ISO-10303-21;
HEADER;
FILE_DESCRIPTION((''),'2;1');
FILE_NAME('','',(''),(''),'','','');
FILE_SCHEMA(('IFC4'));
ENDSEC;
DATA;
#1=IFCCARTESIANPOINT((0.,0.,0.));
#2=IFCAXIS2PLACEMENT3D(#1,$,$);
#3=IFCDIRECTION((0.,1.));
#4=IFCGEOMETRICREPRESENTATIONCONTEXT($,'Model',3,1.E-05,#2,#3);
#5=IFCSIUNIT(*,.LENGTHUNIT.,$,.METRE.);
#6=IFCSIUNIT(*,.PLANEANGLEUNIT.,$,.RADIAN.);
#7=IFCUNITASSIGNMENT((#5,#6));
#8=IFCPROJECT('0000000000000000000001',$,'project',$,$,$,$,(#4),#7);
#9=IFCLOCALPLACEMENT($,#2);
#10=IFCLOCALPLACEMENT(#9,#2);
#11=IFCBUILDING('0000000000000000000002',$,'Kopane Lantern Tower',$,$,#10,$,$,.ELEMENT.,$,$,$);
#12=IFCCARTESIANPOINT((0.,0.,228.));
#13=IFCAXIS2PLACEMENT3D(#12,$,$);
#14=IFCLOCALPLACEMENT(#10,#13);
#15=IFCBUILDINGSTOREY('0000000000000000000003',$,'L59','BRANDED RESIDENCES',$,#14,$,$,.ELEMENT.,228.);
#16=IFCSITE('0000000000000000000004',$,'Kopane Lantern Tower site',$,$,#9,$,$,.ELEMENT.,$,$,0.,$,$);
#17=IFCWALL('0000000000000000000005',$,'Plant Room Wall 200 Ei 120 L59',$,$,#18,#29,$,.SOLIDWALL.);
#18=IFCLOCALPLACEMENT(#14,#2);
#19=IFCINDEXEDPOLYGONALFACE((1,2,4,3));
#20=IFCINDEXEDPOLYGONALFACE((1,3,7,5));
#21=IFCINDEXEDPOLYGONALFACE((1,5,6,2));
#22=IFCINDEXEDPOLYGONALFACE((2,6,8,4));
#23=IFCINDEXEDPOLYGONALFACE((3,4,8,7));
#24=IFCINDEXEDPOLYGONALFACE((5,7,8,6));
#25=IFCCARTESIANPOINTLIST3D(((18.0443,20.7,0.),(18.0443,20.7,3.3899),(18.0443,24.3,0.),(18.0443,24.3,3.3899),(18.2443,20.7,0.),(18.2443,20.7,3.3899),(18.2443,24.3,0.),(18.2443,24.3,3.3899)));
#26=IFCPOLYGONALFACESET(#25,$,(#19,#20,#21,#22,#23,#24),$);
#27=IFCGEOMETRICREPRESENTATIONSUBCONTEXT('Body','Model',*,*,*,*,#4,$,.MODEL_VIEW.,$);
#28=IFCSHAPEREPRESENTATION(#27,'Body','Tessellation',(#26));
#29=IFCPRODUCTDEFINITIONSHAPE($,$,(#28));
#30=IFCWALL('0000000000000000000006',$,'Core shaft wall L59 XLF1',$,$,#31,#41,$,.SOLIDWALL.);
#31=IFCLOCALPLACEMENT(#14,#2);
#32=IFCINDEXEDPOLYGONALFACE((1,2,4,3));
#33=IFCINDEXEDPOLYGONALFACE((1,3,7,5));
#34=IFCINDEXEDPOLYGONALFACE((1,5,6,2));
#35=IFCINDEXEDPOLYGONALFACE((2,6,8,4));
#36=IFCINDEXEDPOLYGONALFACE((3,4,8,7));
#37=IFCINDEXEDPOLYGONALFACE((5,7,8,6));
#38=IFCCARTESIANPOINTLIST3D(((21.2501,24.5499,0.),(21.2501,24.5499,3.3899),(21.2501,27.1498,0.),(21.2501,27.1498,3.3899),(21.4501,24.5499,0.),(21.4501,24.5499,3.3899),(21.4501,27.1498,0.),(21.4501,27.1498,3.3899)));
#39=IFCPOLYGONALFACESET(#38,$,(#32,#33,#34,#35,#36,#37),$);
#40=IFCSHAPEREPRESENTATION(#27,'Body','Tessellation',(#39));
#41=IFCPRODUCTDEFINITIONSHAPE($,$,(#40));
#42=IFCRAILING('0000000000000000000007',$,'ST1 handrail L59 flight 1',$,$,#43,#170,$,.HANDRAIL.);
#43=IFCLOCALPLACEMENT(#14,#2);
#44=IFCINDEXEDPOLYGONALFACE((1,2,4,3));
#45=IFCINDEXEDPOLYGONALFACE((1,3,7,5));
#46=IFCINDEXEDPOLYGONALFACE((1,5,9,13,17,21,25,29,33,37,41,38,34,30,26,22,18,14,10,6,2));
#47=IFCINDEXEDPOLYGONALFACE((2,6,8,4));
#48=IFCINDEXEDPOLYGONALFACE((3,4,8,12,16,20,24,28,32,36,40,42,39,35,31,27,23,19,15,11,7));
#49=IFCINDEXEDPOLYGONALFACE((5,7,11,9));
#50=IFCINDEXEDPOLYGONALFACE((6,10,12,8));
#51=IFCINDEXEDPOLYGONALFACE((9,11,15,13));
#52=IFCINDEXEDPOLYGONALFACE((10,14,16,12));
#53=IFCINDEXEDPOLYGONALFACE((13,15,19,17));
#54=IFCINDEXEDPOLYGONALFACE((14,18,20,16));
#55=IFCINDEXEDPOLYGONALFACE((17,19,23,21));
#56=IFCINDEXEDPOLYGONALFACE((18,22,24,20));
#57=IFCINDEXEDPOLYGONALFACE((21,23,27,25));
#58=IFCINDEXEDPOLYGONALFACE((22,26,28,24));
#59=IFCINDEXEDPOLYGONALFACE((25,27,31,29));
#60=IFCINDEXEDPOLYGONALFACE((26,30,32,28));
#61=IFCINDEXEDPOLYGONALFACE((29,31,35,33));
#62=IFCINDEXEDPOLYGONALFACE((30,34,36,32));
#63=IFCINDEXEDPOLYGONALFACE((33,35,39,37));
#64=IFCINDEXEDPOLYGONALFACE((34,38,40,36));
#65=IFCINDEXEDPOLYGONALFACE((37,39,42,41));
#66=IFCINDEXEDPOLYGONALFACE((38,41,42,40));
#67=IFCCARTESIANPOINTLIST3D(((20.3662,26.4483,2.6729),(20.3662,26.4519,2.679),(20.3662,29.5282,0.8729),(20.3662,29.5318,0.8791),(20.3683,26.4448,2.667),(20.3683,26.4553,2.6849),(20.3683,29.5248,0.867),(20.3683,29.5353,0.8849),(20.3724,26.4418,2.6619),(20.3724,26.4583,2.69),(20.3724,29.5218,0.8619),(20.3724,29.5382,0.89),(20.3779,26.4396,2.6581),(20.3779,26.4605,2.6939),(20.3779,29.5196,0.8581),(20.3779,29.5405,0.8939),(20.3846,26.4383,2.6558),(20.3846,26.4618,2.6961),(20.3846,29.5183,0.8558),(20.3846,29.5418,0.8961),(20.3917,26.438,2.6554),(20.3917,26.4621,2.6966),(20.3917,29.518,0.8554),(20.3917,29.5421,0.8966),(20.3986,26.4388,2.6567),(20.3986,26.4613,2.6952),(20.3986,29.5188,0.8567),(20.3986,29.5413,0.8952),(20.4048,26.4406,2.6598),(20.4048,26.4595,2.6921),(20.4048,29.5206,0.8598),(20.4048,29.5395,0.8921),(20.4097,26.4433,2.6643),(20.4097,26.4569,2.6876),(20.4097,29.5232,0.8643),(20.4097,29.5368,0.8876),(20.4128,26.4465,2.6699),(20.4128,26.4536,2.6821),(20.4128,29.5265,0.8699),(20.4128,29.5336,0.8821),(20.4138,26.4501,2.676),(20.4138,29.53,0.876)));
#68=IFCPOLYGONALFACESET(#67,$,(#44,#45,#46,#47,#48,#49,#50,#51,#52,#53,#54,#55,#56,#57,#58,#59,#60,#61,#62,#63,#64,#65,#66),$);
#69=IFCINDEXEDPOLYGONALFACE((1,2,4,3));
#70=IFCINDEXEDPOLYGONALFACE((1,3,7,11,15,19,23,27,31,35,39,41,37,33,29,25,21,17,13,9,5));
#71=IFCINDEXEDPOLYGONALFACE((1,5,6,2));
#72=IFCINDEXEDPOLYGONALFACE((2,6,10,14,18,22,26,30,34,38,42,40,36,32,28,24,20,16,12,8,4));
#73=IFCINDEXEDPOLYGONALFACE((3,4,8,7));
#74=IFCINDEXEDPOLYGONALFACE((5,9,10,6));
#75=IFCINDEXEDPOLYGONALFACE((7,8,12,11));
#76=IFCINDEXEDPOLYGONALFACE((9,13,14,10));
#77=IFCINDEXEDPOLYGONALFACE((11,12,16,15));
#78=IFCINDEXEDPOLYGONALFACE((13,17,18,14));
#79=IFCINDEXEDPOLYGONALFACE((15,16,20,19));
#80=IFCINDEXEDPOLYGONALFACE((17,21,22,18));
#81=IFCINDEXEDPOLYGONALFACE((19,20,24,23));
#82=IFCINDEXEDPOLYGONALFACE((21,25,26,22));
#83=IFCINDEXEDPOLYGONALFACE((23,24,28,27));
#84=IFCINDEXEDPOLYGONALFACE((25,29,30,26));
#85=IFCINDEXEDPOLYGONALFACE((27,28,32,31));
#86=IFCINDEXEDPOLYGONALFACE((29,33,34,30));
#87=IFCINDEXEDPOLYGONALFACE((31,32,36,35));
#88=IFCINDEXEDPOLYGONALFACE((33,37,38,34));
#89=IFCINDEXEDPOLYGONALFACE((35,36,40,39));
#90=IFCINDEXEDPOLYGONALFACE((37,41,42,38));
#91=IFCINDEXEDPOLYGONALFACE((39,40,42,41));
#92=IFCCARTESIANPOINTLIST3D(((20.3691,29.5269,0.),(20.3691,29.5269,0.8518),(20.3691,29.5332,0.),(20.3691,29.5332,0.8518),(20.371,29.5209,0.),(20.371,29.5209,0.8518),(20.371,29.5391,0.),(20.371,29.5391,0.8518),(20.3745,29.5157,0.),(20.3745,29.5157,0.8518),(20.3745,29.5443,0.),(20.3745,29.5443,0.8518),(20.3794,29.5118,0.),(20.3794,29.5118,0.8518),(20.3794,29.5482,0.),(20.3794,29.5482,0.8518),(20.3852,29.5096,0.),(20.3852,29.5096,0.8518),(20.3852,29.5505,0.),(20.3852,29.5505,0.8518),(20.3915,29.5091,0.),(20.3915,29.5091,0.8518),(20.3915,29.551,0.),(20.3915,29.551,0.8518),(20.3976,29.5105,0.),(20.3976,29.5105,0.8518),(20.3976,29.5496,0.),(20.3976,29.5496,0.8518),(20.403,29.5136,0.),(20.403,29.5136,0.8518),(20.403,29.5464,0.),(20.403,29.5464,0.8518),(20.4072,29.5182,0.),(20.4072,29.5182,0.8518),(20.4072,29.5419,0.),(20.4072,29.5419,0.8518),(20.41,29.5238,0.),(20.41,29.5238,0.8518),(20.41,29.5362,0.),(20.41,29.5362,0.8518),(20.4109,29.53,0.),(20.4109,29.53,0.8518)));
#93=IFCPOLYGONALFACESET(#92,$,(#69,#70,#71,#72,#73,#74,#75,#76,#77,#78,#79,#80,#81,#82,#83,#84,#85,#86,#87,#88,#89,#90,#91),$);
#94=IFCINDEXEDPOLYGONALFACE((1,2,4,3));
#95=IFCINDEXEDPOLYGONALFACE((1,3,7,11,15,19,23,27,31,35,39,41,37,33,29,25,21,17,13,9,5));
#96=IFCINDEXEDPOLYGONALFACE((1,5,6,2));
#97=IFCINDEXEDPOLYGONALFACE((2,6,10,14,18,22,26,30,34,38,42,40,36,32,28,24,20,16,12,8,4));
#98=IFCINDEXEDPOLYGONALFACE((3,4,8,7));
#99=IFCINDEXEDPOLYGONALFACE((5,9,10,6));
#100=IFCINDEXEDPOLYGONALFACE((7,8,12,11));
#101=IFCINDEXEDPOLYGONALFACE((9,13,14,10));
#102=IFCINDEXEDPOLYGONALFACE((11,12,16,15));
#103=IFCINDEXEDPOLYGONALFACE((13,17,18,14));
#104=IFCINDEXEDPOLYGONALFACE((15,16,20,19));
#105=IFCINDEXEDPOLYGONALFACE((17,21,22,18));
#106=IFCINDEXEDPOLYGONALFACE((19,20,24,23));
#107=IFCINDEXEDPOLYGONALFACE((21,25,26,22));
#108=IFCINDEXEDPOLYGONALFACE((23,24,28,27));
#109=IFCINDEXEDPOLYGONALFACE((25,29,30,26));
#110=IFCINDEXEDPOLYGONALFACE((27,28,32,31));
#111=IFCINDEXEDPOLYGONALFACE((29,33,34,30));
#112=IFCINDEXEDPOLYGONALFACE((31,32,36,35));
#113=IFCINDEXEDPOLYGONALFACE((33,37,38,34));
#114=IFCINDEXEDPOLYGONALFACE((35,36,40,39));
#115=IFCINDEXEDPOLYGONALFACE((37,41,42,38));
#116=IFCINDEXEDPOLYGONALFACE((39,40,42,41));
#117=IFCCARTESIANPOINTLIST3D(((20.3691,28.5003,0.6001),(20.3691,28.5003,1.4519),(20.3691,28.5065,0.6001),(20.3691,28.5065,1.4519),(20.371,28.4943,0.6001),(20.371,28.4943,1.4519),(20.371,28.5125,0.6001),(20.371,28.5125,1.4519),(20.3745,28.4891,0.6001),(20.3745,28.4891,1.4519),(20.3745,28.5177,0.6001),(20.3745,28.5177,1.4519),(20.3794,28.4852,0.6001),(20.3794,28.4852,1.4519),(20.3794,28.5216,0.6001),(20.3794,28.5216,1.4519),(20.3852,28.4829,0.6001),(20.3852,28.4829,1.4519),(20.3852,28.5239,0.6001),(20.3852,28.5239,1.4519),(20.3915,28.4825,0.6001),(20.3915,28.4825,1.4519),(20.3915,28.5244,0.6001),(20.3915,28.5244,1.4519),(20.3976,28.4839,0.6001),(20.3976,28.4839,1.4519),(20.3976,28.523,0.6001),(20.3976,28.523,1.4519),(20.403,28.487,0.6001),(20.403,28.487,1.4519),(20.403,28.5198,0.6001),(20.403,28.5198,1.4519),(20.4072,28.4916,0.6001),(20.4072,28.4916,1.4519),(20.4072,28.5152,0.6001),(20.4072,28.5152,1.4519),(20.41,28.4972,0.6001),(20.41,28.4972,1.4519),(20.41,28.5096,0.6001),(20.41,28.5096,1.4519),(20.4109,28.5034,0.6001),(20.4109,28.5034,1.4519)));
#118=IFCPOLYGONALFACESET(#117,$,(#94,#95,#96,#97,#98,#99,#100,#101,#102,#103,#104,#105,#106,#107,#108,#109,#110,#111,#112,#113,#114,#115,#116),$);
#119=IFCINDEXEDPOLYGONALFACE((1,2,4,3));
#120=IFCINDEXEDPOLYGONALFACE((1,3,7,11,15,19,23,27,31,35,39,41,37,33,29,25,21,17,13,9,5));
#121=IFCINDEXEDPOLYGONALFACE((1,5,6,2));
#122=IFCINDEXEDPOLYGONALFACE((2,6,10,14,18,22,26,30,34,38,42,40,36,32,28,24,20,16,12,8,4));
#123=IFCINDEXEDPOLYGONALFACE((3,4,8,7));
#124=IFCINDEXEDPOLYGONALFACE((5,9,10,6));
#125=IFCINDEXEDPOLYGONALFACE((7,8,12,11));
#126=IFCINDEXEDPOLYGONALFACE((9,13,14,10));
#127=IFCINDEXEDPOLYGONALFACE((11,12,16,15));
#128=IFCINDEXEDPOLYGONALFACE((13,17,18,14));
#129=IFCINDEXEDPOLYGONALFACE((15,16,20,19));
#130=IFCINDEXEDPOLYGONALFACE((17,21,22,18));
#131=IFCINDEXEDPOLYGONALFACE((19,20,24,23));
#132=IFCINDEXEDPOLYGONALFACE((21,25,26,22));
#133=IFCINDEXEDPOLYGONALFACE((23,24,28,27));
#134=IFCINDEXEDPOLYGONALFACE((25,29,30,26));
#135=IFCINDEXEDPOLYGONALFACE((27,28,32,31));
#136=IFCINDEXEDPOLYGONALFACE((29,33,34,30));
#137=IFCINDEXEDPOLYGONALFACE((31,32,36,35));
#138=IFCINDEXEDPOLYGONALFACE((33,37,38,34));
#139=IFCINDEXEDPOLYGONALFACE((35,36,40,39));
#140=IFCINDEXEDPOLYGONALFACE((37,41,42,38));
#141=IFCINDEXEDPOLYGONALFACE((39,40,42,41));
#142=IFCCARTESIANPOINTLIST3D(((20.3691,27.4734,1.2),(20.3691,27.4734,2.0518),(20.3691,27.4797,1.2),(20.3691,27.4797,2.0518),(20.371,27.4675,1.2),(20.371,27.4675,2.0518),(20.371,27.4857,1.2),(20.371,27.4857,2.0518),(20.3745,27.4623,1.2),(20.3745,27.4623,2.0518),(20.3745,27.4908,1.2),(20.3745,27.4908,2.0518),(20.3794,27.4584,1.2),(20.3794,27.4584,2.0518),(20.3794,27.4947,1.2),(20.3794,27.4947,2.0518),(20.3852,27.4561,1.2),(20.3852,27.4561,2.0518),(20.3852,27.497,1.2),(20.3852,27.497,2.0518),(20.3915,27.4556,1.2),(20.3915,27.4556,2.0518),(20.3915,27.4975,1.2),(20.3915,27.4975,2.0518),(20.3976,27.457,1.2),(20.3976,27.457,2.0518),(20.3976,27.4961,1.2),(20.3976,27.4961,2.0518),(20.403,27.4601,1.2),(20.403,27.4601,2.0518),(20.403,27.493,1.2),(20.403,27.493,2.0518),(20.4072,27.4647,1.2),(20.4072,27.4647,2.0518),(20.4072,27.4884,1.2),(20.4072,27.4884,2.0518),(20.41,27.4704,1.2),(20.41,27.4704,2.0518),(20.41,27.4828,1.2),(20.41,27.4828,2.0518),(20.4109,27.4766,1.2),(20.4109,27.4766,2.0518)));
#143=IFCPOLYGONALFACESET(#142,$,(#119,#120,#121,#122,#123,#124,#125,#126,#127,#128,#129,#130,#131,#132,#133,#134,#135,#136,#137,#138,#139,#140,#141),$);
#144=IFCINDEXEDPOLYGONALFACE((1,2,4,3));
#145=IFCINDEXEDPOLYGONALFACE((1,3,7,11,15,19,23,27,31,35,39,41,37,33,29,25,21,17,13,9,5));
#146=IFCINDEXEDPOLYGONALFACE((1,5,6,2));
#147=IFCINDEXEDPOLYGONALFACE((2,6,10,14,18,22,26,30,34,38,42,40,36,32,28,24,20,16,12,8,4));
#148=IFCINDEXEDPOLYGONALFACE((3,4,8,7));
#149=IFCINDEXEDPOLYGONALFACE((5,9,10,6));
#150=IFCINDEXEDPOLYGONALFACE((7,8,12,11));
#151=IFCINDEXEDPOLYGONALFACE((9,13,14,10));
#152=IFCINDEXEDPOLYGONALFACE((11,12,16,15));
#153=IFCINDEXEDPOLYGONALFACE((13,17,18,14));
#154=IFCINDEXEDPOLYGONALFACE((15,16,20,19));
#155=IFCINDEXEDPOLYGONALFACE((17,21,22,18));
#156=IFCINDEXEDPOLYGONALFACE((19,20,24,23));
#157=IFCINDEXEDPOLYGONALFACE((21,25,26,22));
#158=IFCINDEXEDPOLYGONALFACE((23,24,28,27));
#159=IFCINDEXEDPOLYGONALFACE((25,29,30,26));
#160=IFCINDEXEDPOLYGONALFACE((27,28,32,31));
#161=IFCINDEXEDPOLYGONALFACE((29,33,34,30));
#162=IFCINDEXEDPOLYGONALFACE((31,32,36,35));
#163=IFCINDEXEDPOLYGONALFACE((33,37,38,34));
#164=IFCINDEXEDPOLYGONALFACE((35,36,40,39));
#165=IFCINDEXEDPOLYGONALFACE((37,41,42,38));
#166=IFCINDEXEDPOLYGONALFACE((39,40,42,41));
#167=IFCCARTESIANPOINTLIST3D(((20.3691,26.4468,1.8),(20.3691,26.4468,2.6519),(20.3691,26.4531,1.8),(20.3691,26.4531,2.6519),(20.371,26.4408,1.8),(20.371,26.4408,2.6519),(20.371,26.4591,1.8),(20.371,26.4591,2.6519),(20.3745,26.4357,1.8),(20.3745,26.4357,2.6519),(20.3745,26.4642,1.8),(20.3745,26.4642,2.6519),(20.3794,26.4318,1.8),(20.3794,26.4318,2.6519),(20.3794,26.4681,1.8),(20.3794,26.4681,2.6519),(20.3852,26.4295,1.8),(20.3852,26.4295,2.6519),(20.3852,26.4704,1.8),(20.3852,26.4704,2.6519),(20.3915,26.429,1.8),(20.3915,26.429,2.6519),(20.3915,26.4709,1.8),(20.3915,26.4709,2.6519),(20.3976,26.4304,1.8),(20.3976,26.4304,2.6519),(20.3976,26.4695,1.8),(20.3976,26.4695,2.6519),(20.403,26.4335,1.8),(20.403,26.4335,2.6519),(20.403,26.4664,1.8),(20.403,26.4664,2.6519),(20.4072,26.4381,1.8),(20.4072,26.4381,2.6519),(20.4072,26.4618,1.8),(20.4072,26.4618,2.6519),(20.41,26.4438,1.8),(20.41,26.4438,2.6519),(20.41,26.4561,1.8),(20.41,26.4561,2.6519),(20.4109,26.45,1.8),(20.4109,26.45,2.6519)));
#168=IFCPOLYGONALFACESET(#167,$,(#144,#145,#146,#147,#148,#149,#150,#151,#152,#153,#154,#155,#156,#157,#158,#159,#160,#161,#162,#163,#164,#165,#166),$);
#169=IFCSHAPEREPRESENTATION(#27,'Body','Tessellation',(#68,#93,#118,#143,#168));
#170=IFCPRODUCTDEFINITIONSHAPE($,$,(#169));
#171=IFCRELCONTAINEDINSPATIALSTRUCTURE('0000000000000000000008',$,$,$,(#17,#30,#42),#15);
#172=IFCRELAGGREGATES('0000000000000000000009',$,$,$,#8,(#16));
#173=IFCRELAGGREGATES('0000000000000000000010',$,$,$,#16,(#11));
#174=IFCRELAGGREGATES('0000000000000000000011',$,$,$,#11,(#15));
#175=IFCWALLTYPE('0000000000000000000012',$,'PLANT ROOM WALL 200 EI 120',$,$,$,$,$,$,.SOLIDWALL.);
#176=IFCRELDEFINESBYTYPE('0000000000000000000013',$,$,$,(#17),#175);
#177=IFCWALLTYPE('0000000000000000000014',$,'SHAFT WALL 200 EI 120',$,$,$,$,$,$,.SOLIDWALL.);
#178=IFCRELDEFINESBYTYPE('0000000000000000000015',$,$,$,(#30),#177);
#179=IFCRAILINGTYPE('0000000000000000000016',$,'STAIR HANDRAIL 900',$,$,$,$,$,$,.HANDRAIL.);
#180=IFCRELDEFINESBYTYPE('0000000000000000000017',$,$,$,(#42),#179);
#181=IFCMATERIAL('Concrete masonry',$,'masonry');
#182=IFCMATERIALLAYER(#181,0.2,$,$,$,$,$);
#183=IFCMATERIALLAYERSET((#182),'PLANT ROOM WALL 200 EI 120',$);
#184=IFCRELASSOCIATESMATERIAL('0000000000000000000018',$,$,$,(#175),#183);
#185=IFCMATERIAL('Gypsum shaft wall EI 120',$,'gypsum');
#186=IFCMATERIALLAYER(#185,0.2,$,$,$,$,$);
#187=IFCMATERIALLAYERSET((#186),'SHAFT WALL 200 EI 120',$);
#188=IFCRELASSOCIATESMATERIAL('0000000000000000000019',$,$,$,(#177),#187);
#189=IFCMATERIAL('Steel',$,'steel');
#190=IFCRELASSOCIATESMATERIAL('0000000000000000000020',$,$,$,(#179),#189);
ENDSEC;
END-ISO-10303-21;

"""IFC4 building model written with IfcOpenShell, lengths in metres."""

from ifc_helpers import new_model, si_unit, direction, frame, frame_2d, origin, origin_2d, place, context, subcontext, project, spatial, rectangle, circle, extrude, material, layer, layer_set, type_object, element, save


model = new_model("IFC4")

# Units and contexts
model_context = context("Model", 3, precision=1e-05, world=origin(), true_north=direction((0.0, 1.0)))
body_context = subcontext(model_context, "Body", "Model", "MODEL_VIEW")
ifc_project = project(units=[si_unit("LENGTHUNIT", "METRE"), si_unit("PLANEANGLEUNIT", "RADIAN")], contexts=[model_context])

# Site, building, storey
site_placement = place(None, origin())
site = spatial("IfcSite", under=ifc_project, at=site_placement, Name="Kopane Lantern Tower site", CompositionType="ELEMENT", RefElevation=0.0)
building_placement = place(site_placement, origin())
building = spatial("IfcBuilding", under=site, at=building_placement, Name="Kopane Lantern Tower", CompositionType="ELEMENT")
storey_placement = place(building_placement, frame((0.0, 0.0, 228.0)))
storey = spatial("IfcBuildingStorey", under=building, at=storey_placement, Name="L59", Description="BRANDED RESIDENCES", CompositionType="ELEMENT", Elevation=228.0)

# Walls
ifc_material_1 = material(Name="Concrete masonry", Category="masonry")
ifc_layer_1 = layer(ifc_material_1, 0.2)
ifc_layer_set_1 = layer_set([ifc_layer_1], Name="PLANT ROOM WALL 200 EI 120")
wall_type_1 = type_object("IfcWallType", Name="PLANT ROOM WALL 200 EI 120", PredefinedType="SOLIDWALL", material=ifc_layer_set_1)
wall_1_placement = place(storey_placement, frame((18.1443, 20.7, 0.0), z_axis=(0.0, 0.0, 1.0), x_axis=(0.0, 1.0, 0.0)))
element("IfcWall", 1, at=wall_1_placement, inside=storey, type_object=wall_type_1, Name="Plant Room Wall 200 Ei 120 L59", PredefinedType="SOLIDWALL", context=body_context, shape_type="SweptSolid", body=[
    extrude(rectangle(XDim=3.6001, YDim=0.2, at=frame_2d((1.8, 0.0))), origin(), (0.0, 0.0, 1.0), 3.3899),
])
ifc_material_2 = material(Name="Gypsum shaft wall EI 120", Category="gypsum")
ifc_layer_2 = layer(ifc_material_2, 0.2)
ifc_layer_set_2 = layer_set([ifc_layer_2], Name="SHAFT WALL 200 EI 120")
wall_type_2 = type_object("IfcWallType", Name="SHAFT WALL 200 EI 120", PredefinedType="SOLIDWALL", material=ifc_layer_set_2)
wall_2_placement = place(storey_placement, frame((21.3501, 24.55, 0.0), z_axis=(0.0, 0.0, 1.0), x_axis=(0.0, 1.0, 0.0)))
element("IfcWall", 2, at=wall_2_placement, inside=storey, type_object=wall_type_2, Name="Core shaft wall L59 XLF1", PredefinedType="SOLIDWALL", context=body_context, shape_type="SweptSolid", body=[
    extrude(rectangle(XDim=2.5999, YDim=0.2, at=frame_2d((1.2998, 0.0))), origin(), (0.0, 0.0, 1.0), 3.3899),
])

# Railing
ifc_material_3 = material(Name="Steel", Category="steel")
railing_type_1 = type_object("IfcRailingType", Name="STAIR HANDRAIL 900", PredefinedType="HANDRAIL", material=ifc_material_3)
for number, where, name in (
    (3, (20.3899, 29.53, 0.0), "ST1 handrail L59 flight 1"),
):
    element("IfcRailing", number, at=place(storey_placement, frame(where)), inside=storey, type_object=railing_type_1, Name=name, PredefinedType="HANDRAIL", context=body_context, shape_type="SweptSolid", body=[
        extrude(circle(Radius=0.0239, at=origin_2d()), frame((0.0, 0.0, 0.876), z_axis=(0.0, -0.863372, 0.504569), x_axis=(1.0, 0.0, 0.0)), (0.0, 0.0, 1.0), 3.5674),
        extrude(circle(Radius=0.021, at=origin_2d()), origin(), (0.0, 0.0, 1.0), 0.8518),
        extrude(circle(Radius=0.021, at=origin_2d()), frame((0.0, -1.0266, 0.6001)), (0.0, 0.0, 1.0), 0.8518),
        extrude(circle(Radius=0.021, at=origin_2d()), frame((0.0, -2.0535, 1.2)), (0.0, 0.0, 1.0), 0.8518),
        extrude(circle(Radius=0.021, at=origin_2d()), frame((0.0, -3.0801, 1.8)), (0.0, 0.0, 1.0), 0.8518),
    ])

save(model, "model.ifc")
